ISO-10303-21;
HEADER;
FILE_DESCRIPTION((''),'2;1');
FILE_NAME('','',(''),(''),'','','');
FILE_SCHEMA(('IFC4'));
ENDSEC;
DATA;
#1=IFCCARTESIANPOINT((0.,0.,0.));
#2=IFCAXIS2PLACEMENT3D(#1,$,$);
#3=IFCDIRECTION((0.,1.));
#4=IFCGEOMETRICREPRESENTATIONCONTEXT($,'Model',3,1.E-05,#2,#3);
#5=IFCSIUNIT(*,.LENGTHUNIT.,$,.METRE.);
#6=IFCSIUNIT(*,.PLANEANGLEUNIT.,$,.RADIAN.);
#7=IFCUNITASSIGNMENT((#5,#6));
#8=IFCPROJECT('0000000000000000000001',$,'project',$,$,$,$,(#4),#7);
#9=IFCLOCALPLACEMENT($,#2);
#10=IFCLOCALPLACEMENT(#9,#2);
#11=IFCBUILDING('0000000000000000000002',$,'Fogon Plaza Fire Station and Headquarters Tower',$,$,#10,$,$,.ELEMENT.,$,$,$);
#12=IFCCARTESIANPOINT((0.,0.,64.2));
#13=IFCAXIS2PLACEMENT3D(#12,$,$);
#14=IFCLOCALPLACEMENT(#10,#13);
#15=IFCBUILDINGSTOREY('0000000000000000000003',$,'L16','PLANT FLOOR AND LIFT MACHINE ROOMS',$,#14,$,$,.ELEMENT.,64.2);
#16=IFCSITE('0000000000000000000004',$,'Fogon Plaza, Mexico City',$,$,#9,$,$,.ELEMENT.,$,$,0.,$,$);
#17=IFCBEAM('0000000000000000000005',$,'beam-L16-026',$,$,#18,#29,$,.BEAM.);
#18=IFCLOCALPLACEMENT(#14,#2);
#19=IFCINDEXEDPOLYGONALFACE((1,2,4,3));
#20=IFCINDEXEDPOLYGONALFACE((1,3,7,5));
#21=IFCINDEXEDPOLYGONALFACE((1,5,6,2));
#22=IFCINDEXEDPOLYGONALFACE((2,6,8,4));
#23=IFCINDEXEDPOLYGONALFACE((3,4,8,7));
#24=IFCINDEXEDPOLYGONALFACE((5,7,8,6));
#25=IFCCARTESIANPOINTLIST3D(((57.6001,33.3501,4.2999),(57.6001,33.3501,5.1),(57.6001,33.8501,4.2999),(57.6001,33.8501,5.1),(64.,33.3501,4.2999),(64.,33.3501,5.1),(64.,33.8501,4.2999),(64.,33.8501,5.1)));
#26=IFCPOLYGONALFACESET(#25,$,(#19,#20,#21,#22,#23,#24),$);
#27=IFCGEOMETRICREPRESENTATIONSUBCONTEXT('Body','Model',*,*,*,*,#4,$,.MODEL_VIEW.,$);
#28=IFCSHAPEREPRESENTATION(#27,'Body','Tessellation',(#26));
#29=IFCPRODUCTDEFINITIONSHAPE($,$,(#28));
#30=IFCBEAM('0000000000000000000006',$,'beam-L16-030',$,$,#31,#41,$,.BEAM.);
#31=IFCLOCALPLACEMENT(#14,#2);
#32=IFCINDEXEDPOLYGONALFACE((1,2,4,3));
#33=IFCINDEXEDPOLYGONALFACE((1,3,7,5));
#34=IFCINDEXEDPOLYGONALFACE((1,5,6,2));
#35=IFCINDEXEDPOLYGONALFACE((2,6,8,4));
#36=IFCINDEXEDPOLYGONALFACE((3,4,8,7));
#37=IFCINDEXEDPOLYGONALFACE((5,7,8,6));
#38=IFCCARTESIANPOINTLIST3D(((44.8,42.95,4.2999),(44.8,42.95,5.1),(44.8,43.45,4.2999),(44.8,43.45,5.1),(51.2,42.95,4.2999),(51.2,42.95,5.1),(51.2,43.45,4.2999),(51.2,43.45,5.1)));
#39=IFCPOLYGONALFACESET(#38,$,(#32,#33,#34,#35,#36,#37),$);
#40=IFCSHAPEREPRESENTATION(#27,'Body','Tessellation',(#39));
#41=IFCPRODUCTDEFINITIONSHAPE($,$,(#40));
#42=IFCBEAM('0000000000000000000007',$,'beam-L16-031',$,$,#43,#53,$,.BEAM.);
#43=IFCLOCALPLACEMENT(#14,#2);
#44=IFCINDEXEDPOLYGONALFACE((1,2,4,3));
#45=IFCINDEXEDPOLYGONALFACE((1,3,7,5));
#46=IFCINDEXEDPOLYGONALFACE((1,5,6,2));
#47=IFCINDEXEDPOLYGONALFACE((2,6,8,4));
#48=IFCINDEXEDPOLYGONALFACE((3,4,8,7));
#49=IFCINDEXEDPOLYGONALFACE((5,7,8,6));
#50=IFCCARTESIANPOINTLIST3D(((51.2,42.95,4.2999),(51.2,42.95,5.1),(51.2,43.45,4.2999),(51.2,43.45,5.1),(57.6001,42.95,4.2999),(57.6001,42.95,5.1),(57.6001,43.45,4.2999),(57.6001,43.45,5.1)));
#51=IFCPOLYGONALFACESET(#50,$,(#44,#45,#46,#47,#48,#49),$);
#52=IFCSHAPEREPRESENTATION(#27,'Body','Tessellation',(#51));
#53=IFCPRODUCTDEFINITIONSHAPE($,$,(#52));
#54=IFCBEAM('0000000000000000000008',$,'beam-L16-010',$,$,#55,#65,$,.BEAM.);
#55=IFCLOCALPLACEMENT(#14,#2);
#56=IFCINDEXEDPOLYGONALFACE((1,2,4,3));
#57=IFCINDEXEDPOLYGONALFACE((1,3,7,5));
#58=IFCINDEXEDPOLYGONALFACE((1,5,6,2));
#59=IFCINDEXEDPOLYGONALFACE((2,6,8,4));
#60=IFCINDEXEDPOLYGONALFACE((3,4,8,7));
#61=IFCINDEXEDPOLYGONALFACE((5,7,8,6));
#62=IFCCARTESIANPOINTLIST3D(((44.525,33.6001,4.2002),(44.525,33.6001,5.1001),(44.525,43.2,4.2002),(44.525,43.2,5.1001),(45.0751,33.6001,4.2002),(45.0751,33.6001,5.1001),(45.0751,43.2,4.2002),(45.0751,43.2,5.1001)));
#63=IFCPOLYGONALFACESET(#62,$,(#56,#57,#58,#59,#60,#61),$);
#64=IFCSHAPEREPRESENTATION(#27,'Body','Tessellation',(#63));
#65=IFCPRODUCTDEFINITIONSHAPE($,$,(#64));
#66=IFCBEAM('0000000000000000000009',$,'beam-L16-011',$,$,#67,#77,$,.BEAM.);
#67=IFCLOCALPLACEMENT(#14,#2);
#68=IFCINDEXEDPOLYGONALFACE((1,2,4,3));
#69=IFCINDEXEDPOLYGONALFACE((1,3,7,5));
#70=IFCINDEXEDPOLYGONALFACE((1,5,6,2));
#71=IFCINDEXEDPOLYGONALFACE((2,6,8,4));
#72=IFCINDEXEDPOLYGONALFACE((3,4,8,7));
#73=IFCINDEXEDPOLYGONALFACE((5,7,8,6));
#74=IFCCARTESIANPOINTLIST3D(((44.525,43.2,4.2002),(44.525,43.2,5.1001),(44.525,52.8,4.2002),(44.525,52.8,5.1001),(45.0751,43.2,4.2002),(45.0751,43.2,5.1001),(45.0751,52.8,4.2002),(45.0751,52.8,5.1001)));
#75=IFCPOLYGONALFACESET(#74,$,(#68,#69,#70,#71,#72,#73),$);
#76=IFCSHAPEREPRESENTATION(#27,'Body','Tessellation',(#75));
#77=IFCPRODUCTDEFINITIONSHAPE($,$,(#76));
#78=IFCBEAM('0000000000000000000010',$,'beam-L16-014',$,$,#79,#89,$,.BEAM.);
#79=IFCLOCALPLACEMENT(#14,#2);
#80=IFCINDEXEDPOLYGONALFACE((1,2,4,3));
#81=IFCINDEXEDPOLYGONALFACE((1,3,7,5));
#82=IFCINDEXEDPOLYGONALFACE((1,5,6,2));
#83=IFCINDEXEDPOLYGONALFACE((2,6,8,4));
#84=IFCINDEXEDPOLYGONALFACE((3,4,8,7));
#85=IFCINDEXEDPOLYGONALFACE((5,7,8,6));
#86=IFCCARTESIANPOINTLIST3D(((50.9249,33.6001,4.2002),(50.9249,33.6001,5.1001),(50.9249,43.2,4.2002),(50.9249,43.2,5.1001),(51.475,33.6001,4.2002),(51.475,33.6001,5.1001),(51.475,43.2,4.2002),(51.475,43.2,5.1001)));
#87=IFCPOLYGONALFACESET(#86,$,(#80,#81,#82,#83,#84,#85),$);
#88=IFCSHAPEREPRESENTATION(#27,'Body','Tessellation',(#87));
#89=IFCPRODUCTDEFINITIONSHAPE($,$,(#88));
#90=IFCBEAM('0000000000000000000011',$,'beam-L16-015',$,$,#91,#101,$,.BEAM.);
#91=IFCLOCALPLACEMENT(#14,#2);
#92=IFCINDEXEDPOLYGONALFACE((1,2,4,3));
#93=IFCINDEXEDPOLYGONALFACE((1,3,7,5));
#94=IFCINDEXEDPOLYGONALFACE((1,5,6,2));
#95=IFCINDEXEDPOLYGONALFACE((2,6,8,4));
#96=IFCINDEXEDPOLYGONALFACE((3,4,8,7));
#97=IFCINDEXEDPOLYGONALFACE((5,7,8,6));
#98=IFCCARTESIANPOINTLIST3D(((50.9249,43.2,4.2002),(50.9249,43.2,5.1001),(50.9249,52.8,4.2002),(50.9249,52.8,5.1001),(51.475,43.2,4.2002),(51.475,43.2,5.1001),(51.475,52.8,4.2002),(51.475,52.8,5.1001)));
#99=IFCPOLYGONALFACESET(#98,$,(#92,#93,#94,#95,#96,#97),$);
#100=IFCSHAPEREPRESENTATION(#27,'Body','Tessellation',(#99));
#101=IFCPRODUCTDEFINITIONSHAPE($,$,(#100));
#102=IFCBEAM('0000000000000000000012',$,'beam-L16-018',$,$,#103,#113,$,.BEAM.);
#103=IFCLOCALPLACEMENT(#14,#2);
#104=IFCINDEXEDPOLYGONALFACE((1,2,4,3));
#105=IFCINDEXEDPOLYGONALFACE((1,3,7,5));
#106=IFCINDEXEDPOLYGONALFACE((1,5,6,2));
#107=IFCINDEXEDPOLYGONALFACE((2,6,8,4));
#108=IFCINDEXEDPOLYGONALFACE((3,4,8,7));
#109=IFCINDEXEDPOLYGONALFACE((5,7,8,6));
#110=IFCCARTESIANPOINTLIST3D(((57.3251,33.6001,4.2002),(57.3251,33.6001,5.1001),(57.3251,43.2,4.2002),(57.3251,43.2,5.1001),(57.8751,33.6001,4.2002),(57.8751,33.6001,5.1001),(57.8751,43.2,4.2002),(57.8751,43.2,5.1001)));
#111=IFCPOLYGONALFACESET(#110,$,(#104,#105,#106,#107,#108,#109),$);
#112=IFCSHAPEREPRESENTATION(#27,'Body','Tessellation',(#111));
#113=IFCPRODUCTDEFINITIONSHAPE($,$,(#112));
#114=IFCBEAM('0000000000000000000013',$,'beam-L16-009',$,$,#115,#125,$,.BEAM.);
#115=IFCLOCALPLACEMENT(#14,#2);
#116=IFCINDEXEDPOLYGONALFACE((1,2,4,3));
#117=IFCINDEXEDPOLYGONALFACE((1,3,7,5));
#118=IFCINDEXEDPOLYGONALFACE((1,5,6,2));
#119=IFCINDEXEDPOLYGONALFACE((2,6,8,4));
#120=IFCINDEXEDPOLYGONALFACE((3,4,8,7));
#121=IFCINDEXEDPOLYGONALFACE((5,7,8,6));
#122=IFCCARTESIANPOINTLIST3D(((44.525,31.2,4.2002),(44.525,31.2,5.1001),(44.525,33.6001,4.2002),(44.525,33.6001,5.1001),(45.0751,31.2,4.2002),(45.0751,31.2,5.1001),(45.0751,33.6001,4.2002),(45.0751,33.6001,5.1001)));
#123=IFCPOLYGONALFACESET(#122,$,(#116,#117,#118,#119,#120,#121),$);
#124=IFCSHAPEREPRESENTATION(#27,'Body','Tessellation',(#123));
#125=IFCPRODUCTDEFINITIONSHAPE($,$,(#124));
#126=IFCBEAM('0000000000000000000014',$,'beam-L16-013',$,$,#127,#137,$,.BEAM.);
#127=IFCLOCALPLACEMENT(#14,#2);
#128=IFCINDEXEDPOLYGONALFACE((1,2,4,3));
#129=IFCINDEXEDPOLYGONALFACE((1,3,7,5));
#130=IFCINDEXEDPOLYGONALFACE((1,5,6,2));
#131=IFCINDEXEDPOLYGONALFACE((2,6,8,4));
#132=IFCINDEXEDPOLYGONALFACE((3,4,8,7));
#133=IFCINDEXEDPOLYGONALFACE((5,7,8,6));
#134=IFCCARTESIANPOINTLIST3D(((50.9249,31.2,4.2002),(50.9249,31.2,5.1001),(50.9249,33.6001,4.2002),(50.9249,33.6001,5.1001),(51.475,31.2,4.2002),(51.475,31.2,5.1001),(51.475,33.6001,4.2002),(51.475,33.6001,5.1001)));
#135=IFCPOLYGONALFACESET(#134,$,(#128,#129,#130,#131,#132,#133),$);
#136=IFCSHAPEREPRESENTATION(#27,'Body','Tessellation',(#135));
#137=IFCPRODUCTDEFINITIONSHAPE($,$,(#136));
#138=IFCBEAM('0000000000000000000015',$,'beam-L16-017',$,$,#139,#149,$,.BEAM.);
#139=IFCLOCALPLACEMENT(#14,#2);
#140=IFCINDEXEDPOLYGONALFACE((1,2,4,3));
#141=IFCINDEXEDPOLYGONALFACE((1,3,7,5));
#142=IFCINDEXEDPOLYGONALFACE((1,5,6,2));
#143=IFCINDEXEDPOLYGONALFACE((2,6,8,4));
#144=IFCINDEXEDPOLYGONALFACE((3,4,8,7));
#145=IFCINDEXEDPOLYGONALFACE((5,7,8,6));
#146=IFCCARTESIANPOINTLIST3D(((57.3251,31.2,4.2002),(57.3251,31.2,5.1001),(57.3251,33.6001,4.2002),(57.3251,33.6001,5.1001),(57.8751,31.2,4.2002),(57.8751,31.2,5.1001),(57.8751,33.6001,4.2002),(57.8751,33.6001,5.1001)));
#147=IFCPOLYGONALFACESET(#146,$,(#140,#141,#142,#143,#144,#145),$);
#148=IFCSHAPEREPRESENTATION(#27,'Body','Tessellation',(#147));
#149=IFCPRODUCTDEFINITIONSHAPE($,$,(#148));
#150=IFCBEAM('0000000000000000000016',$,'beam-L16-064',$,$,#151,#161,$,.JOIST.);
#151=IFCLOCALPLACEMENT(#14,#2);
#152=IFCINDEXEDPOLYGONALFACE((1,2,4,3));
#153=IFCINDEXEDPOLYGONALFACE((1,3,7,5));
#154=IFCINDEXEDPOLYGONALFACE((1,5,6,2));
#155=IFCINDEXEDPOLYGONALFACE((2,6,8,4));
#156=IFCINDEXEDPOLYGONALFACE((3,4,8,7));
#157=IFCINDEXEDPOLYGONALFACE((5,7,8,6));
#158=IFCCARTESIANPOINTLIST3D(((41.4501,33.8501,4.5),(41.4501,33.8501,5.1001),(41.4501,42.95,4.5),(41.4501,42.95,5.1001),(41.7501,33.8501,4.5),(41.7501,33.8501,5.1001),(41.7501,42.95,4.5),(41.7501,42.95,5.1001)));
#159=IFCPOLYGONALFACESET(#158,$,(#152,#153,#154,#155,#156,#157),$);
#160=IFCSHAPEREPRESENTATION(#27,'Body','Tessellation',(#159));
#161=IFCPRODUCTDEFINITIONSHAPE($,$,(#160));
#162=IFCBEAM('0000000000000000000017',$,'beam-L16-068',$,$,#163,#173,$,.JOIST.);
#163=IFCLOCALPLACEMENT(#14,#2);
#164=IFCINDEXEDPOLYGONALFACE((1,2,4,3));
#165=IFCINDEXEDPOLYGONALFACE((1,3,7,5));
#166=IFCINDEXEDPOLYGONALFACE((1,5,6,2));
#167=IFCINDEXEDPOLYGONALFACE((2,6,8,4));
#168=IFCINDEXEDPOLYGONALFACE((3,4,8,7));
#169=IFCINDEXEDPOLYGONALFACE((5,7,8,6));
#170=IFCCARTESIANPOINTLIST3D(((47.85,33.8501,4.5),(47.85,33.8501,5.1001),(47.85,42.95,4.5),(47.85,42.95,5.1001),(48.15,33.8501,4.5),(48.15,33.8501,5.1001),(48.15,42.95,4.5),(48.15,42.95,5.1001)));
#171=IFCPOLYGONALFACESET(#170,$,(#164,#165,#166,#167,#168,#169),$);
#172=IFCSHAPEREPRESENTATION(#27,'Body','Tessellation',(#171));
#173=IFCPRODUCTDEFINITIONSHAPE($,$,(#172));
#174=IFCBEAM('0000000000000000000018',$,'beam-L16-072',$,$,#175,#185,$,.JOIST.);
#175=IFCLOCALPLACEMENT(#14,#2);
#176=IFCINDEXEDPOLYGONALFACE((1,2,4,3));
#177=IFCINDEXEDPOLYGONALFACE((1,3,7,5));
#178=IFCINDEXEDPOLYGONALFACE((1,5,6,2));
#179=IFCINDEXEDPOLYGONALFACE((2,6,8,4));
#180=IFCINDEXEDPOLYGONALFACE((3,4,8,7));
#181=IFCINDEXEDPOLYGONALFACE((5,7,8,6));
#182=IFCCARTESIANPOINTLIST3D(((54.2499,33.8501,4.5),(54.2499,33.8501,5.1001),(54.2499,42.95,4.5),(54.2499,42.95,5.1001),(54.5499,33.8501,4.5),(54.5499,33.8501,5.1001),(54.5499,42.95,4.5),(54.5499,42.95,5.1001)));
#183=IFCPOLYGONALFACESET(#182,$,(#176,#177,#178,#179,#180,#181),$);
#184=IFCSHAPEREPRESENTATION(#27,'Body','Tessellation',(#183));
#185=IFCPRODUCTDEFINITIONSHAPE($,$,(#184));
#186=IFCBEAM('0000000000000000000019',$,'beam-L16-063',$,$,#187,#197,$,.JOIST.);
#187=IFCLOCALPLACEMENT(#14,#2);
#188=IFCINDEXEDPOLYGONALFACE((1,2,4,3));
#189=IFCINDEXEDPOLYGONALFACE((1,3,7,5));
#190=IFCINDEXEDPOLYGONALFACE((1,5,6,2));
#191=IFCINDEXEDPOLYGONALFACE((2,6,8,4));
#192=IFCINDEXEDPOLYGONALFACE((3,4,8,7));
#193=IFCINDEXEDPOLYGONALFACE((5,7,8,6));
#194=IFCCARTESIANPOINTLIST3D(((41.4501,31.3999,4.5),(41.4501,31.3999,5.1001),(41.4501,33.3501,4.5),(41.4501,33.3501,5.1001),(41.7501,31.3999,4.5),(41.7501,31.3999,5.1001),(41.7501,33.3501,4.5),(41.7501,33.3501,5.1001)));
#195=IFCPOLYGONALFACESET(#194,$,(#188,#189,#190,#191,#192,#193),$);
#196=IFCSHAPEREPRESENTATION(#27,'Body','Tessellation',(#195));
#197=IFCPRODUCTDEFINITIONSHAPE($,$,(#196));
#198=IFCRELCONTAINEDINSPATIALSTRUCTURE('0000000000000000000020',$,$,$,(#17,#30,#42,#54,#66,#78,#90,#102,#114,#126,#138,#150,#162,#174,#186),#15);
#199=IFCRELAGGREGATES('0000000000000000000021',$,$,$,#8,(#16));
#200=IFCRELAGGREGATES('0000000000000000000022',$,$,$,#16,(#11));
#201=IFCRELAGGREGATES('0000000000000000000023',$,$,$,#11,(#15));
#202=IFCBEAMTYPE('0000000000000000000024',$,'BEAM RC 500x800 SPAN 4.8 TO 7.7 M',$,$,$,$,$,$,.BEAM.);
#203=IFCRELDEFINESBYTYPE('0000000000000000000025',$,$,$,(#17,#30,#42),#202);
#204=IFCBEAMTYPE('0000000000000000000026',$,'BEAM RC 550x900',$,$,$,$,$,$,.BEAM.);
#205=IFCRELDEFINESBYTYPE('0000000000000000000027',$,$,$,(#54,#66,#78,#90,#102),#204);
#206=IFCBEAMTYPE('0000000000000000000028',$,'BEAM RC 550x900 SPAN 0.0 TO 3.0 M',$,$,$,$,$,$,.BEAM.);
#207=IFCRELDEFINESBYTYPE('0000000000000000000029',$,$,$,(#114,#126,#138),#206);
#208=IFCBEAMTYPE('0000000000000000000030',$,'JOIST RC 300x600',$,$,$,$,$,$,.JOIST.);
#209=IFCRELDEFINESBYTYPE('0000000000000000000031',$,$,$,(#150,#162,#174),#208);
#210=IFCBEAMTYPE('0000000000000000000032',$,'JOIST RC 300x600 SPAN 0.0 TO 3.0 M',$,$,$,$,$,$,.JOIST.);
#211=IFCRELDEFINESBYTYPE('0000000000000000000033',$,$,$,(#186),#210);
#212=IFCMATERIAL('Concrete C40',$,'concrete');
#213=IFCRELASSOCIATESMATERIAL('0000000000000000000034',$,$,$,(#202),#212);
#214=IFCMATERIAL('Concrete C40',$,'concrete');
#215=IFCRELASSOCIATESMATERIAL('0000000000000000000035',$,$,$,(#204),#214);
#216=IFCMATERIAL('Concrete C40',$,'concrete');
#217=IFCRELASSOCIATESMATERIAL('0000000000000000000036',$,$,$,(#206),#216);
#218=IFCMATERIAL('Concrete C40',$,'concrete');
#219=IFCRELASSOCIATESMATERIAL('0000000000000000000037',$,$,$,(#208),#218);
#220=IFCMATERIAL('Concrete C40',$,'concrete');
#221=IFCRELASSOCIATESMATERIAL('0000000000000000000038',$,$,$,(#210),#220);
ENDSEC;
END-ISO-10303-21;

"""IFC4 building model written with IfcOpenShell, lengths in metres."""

from ifc_helpers import new_model, si_unit, direction, frame, origin, origin_2d, place, context, subcontext, project, spatial, rectangle, extrude, material, material_profile, profile_set, type_object, element, save


model = new_model("IFC4")

# Units and contexts
model_context = context("Model", 3, precision=1e-05, world=origin(), true_north=direction((0.0, 1.0)))
body_context = subcontext(model_context, "Body", "Model", "MODEL_VIEW")
ifc_project = project(units=[si_unit("LENGTHUNIT", "METRE"), si_unit("PLANEANGLEUNIT", "RADIAN")], contexts=[model_context])

# Site, building, storey
site_placement = place(None, origin())
site = spatial("IfcSite", under=ifc_project, at=site_placement, Name="Fogon Plaza, Mexico City", CompositionType="ELEMENT", RefElevation=0.0)
building_placement = place(site_placement, origin())
building = spatial("IfcBuilding", under=site, at=building_placement, Name="Fogon Plaza Fire Station and Headquarters Tower", CompositionType="ELEMENT")
storey_placement = place(building_placement, frame((0.0, 0.0, 64.2)))
storey = spatial("IfcBuildingStorey", under=building, at=storey_placement, Name="L16", Description="PLANT FLOOR AND LIFT MACHINE ROOMS", CompositionType="ELEMENT", Elevation=64.2)

# Beams
ifc_material_1 = material(Name="Concrete C40", Category="concrete")
ifc_material_profile_1 = material_profile(ifc_material_1, rectangle(XDim=0.5, YDim=0.8, at=origin_2d()), Name="RC 500x800")
ifc_profile_set_1 = profile_set([ifc_material_profile_1], Name="Concrete C40")
beam_type_1 = type_object("IfcBeamType", Name="BEAM RC 500x800 SPAN 4.8 TO 7.7 M", PredefinedType="BEAM", material=ifc_profile_set_1)
for number, where, z_axis, x_axis, name in (
    (1, (57.6001, 33.6001, 4.7), (1.0, 0.0, 0.0), (0.0, 1.0, 0.0), "beam-L16-026"),
    (2, (44.8, 43.2, 4.7), (1.0, 0.0, 0.0), (0.0, 1.0, 0.0), "beam-L16-030"),
):
    element("IfcBeam", number, at=place(storey_placement, frame(where, z_axis=z_axis, x_axis=x_axis)), inside=storey, type_object=beam_type_1, Name=name, PredefinedType="BEAM", context=body_context, shape_type="SweptSolid", body=[
        extrude(rectangle(XDim=0.5, YDim=0.8, at=origin_2d()), origin(), (0.0, 0.0, 1.0), 6.3999),
    ])
beam_1_placement = place(storey_placement, frame((51.2, 43.2, 4.7), z_axis=(1.0, 0.0, 0.0), x_axis=(0.0, 1.0, 0.0)))
element("IfcBeam", 3, at=beam_1_placement, inside=storey, type_object=beam_type_1, Name="beam-L16-031", PredefinedType="BEAM", context=body_context, shape_type="SweptSolid", body=[
    extrude(rectangle(XDim=0.5, YDim=0.8, at=origin_2d()), origin(), (0.0, 0.0, 1.0), 6.4001),
])
ifc_material_2 = material(Name="Concrete C40", Category="concrete")
ifc_material_profile_2 = material_profile(ifc_material_2, rectangle(XDim=0.55, YDim=0.8999, at=origin_2d()), Name="RC 550x900")
ifc_profile_set_2 = profile_set([ifc_material_profile_2], Name="Concrete C40")
beam_type_2 = type_object("IfcBeamType", Name="BEAM RC 550x900", PredefinedType="BEAM", material=ifc_profile_set_2)
beam_2_placement = place(storey_placement, frame((44.8, 33.6001, 4.6501), z_axis=(0.0, 1.0, 0.0), x_axis=(-1.0, 0.0, 0.0)))
element("IfcBeam", 4, at=beam_2_placement, inside=storey, type_object=beam_type_2, Name="beam-L16-010", PredefinedType="BEAM", context=body_context, shape_type="SweptSolid", body=[
    extrude(rectangle(XDim=0.55, YDim=0.8999, at=origin_2d()), origin(), (0.0, 0.0, 1.0), 9.5999),
])
beam_3_placement = place(storey_placement, frame((44.8, 43.2, 4.6501), z_axis=(0.0, 1.0, 0.0), x_axis=(-1.0, 0.0, 0.0)))
element("IfcBeam", 5, at=beam_3_placement, inside=storey, type_object=beam_type_2, Name="beam-L16-011", PredefinedType="BEAM", context=body_context, shape_type="SweptSolid", body=[
    extrude(rectangle(XDim=0.55, YDim=0.8999, at=origin_2d()), origin(), (0.0, 0.0, 1.0), 9.6001),
])
beam_4_placement = place(storey_placement, frame((51.2, 33.6001, 4.6501), z_axis=(0.0, 1.0, 0.0), x_axis=(-1.0, 0.0, 0.0)))
element("IfcBeam", 6, at=beam_4_placement, inside=storey, type_object=beam_type_2, Name="beam-L16-014", PredefinedType="BEAM", context=body_context, shape_type="SweptSolid", body=[
    extrude(rectangle(XDim=0.55, YDim=0.8999, at=origin_2d()), origin(), (0.0, 0.0, 1.0), 9.5999),
])
beam_5_placement = place(storey_placement, frame((51.2, 43.2, 4.6501), z_axis=(0.0, 1.0, 0.0), x_axis=(-1.0, 0.0, 0.0)))
element("IfcBeam", 7, at=beam_5_placement, inside=storey, type_object=beam_type_2, Name="beam-L16-015", PredefinedType="BEAM", context=body_context, shape_type="SweptSolid", body=[
    extrude(rectangle(XDim=0.55, YDim=0.8999, at=origin_2d()), origin(), (0.0, 0.0, 1.0), 9.6001),
])
beam_6_placement = place(storey_placement, frame((57.6001, 33.6001, 4.6501), z_axis=(0.0, 1.0, 0.0), x_axis=(-1.0, 0.0, 0.0)))
element("IfcBeam", 8, at=beam_6_placement, inside=storey, type_object=beam_type_2, Name="beam-L16-018", PredefinedType="BEAM", context=body_context, shape_type="SweptSolid", body=[
    extrude(rectangle(XDim=0.55, YDim=0.8999, at=origin_2d()), origin(), (0.0, 0.0, 1.0), 9.5999),
])
ifc_material_3 = material(Name="Concrete C40", Category="concrete")
ifc_material_profile_3 = material_profile(ifc_material_3, rectangle(XDim=0.55, YDim=0.8999, at=origin_2d()), Name="RC 550x900")
ifc_profile_set_3 = profile_set([ifc_material_profile_3], Name="Concrete C40")
beam_type_3 = type_object("IfcBeamType", Name="BEAM RC 550x900 SPAN 0.0 TO 3.0 M", PredefinedType="BEAM", material=ifc_profile_set_3)
for number, where, z_axis, x_axis, name in (
    (9, (44.8, 31.2, 4.6501), (0.0, 1.0, 0.0), (-1.0, 0.0, 0.0), "beam-L16-009"),
    (10, (51.2, 31.2, 4.6501), (0.0, 1.0, 0.0), (-1.0, 0.0, 0.0), "beam-L16-013"),
    (11, (57.6001, 31.2, 4.6501), (0.0, 1.0, 0.0), (-1.0, 0.0, 0.0), "beam-L16-017"),
):
    element("IfcBeam", number, at=place(storey_placement, frame(where, z_axis=z_axis, x_axis=x_axis)), inside=storey, type_object=beam_type_3, Name=name, PredefinedType="BEAM", context=body_context, shape_type="SweptSolid", body=[
        extrude(rectangle(XDim=0.55, YDim=0.8999, at=origin_2d()), origin(), (0.0, 0.0, 1.0), 2.4001),
    ])
ifc_material_4 = material(Name="Concrete C40", Category="concrete")
ifc_material_profile_4 = material_profile(ifc_material_4, rectangle(XDim=0.3, YDim=0.6001, at=origin_2d()), Name="RC 300x600")
ifc_profile_set_4 = profile_set([ifc_material_profile_4], Name="Concrete C40")
beam_type_4 = type_object("IfcBeamType", Name="JOIST RC 300x600", PredefinedType="JOIST", material=ifc_profile_set_4)
for number, where, z_axis, x_axis, name in (
    (12, (41.6001, 33.8501, 4.8), (0.0, 1.0, 0.0), (-1.0, 0.0, 0.0), "beam-L16-064"),
    (13, (48.0, 33.8501, 4.8), (0.0, 1.0, 0.0), (-1.0, 0.0, 0.0), "beam-L16-068"),
    (14, (54.3999, 33.8501, 4.8), (0.0, 1.0, 0.0), (-1.0, 0.0, 0.0), "beam-L16-072"),
):
    element("IfcBeam", number, at=place(storey_placement, frame(where, z_axis=z_axis, x_axis=x_axis)), inside=storey, type_object=beam_type_4, Name=name, PredefinedType="JOIST", context=body_context, shape_type="SweptSolid", body=[
        extrude(rectangle(XDim=0.3, YDim=0.6001, at=origin_2d()), origin(), (0.0, 0.0, 1.0), 9.0999),
    ])
ifc_material_5 = material(Name="Concrete C40", Category="concrete")
ifc_material_profile_5 = material_profile(ifc_material_5, rectangle(XDim=0.3, YDim=0.6001, at=origin_2d()), Name="RC 300x600")
ifc_profile_set_5 = profile_set([ifc_material_profile_5], Name="Concrete C40")
beam_type_5 = type_object("IfcBeamType", Name="JOIST RC 300x600 SPAN 0.0 TO 3.0 M", PredefinedType="JOIST", material=ifc_profile_set_5)
for number, where, z_axis, x_axis, name in (
    (15, (41.6001, 31.3999, 4.8), (0.0, 1.0, 0.0), (-1.0, 0.0, 0.0), "beam-L16-063"),
):
    element("IfcBeam", number, at=place(storey_placement, frame(where, z_axis=z_axis, x_axis=x_axis)), inside=storey, type_object=beam_type_5, Name=name, PredefinedType="JOIST", context=body_context, shape_type="SweptSolid", body=[
        extrude(rectangle(XDim=0.3, YDim=0.6001, at=origin_2d()), origin(), (0.0, 0.0, 1.0), 1.9502),
    ])

save(model, "model.ifc")
